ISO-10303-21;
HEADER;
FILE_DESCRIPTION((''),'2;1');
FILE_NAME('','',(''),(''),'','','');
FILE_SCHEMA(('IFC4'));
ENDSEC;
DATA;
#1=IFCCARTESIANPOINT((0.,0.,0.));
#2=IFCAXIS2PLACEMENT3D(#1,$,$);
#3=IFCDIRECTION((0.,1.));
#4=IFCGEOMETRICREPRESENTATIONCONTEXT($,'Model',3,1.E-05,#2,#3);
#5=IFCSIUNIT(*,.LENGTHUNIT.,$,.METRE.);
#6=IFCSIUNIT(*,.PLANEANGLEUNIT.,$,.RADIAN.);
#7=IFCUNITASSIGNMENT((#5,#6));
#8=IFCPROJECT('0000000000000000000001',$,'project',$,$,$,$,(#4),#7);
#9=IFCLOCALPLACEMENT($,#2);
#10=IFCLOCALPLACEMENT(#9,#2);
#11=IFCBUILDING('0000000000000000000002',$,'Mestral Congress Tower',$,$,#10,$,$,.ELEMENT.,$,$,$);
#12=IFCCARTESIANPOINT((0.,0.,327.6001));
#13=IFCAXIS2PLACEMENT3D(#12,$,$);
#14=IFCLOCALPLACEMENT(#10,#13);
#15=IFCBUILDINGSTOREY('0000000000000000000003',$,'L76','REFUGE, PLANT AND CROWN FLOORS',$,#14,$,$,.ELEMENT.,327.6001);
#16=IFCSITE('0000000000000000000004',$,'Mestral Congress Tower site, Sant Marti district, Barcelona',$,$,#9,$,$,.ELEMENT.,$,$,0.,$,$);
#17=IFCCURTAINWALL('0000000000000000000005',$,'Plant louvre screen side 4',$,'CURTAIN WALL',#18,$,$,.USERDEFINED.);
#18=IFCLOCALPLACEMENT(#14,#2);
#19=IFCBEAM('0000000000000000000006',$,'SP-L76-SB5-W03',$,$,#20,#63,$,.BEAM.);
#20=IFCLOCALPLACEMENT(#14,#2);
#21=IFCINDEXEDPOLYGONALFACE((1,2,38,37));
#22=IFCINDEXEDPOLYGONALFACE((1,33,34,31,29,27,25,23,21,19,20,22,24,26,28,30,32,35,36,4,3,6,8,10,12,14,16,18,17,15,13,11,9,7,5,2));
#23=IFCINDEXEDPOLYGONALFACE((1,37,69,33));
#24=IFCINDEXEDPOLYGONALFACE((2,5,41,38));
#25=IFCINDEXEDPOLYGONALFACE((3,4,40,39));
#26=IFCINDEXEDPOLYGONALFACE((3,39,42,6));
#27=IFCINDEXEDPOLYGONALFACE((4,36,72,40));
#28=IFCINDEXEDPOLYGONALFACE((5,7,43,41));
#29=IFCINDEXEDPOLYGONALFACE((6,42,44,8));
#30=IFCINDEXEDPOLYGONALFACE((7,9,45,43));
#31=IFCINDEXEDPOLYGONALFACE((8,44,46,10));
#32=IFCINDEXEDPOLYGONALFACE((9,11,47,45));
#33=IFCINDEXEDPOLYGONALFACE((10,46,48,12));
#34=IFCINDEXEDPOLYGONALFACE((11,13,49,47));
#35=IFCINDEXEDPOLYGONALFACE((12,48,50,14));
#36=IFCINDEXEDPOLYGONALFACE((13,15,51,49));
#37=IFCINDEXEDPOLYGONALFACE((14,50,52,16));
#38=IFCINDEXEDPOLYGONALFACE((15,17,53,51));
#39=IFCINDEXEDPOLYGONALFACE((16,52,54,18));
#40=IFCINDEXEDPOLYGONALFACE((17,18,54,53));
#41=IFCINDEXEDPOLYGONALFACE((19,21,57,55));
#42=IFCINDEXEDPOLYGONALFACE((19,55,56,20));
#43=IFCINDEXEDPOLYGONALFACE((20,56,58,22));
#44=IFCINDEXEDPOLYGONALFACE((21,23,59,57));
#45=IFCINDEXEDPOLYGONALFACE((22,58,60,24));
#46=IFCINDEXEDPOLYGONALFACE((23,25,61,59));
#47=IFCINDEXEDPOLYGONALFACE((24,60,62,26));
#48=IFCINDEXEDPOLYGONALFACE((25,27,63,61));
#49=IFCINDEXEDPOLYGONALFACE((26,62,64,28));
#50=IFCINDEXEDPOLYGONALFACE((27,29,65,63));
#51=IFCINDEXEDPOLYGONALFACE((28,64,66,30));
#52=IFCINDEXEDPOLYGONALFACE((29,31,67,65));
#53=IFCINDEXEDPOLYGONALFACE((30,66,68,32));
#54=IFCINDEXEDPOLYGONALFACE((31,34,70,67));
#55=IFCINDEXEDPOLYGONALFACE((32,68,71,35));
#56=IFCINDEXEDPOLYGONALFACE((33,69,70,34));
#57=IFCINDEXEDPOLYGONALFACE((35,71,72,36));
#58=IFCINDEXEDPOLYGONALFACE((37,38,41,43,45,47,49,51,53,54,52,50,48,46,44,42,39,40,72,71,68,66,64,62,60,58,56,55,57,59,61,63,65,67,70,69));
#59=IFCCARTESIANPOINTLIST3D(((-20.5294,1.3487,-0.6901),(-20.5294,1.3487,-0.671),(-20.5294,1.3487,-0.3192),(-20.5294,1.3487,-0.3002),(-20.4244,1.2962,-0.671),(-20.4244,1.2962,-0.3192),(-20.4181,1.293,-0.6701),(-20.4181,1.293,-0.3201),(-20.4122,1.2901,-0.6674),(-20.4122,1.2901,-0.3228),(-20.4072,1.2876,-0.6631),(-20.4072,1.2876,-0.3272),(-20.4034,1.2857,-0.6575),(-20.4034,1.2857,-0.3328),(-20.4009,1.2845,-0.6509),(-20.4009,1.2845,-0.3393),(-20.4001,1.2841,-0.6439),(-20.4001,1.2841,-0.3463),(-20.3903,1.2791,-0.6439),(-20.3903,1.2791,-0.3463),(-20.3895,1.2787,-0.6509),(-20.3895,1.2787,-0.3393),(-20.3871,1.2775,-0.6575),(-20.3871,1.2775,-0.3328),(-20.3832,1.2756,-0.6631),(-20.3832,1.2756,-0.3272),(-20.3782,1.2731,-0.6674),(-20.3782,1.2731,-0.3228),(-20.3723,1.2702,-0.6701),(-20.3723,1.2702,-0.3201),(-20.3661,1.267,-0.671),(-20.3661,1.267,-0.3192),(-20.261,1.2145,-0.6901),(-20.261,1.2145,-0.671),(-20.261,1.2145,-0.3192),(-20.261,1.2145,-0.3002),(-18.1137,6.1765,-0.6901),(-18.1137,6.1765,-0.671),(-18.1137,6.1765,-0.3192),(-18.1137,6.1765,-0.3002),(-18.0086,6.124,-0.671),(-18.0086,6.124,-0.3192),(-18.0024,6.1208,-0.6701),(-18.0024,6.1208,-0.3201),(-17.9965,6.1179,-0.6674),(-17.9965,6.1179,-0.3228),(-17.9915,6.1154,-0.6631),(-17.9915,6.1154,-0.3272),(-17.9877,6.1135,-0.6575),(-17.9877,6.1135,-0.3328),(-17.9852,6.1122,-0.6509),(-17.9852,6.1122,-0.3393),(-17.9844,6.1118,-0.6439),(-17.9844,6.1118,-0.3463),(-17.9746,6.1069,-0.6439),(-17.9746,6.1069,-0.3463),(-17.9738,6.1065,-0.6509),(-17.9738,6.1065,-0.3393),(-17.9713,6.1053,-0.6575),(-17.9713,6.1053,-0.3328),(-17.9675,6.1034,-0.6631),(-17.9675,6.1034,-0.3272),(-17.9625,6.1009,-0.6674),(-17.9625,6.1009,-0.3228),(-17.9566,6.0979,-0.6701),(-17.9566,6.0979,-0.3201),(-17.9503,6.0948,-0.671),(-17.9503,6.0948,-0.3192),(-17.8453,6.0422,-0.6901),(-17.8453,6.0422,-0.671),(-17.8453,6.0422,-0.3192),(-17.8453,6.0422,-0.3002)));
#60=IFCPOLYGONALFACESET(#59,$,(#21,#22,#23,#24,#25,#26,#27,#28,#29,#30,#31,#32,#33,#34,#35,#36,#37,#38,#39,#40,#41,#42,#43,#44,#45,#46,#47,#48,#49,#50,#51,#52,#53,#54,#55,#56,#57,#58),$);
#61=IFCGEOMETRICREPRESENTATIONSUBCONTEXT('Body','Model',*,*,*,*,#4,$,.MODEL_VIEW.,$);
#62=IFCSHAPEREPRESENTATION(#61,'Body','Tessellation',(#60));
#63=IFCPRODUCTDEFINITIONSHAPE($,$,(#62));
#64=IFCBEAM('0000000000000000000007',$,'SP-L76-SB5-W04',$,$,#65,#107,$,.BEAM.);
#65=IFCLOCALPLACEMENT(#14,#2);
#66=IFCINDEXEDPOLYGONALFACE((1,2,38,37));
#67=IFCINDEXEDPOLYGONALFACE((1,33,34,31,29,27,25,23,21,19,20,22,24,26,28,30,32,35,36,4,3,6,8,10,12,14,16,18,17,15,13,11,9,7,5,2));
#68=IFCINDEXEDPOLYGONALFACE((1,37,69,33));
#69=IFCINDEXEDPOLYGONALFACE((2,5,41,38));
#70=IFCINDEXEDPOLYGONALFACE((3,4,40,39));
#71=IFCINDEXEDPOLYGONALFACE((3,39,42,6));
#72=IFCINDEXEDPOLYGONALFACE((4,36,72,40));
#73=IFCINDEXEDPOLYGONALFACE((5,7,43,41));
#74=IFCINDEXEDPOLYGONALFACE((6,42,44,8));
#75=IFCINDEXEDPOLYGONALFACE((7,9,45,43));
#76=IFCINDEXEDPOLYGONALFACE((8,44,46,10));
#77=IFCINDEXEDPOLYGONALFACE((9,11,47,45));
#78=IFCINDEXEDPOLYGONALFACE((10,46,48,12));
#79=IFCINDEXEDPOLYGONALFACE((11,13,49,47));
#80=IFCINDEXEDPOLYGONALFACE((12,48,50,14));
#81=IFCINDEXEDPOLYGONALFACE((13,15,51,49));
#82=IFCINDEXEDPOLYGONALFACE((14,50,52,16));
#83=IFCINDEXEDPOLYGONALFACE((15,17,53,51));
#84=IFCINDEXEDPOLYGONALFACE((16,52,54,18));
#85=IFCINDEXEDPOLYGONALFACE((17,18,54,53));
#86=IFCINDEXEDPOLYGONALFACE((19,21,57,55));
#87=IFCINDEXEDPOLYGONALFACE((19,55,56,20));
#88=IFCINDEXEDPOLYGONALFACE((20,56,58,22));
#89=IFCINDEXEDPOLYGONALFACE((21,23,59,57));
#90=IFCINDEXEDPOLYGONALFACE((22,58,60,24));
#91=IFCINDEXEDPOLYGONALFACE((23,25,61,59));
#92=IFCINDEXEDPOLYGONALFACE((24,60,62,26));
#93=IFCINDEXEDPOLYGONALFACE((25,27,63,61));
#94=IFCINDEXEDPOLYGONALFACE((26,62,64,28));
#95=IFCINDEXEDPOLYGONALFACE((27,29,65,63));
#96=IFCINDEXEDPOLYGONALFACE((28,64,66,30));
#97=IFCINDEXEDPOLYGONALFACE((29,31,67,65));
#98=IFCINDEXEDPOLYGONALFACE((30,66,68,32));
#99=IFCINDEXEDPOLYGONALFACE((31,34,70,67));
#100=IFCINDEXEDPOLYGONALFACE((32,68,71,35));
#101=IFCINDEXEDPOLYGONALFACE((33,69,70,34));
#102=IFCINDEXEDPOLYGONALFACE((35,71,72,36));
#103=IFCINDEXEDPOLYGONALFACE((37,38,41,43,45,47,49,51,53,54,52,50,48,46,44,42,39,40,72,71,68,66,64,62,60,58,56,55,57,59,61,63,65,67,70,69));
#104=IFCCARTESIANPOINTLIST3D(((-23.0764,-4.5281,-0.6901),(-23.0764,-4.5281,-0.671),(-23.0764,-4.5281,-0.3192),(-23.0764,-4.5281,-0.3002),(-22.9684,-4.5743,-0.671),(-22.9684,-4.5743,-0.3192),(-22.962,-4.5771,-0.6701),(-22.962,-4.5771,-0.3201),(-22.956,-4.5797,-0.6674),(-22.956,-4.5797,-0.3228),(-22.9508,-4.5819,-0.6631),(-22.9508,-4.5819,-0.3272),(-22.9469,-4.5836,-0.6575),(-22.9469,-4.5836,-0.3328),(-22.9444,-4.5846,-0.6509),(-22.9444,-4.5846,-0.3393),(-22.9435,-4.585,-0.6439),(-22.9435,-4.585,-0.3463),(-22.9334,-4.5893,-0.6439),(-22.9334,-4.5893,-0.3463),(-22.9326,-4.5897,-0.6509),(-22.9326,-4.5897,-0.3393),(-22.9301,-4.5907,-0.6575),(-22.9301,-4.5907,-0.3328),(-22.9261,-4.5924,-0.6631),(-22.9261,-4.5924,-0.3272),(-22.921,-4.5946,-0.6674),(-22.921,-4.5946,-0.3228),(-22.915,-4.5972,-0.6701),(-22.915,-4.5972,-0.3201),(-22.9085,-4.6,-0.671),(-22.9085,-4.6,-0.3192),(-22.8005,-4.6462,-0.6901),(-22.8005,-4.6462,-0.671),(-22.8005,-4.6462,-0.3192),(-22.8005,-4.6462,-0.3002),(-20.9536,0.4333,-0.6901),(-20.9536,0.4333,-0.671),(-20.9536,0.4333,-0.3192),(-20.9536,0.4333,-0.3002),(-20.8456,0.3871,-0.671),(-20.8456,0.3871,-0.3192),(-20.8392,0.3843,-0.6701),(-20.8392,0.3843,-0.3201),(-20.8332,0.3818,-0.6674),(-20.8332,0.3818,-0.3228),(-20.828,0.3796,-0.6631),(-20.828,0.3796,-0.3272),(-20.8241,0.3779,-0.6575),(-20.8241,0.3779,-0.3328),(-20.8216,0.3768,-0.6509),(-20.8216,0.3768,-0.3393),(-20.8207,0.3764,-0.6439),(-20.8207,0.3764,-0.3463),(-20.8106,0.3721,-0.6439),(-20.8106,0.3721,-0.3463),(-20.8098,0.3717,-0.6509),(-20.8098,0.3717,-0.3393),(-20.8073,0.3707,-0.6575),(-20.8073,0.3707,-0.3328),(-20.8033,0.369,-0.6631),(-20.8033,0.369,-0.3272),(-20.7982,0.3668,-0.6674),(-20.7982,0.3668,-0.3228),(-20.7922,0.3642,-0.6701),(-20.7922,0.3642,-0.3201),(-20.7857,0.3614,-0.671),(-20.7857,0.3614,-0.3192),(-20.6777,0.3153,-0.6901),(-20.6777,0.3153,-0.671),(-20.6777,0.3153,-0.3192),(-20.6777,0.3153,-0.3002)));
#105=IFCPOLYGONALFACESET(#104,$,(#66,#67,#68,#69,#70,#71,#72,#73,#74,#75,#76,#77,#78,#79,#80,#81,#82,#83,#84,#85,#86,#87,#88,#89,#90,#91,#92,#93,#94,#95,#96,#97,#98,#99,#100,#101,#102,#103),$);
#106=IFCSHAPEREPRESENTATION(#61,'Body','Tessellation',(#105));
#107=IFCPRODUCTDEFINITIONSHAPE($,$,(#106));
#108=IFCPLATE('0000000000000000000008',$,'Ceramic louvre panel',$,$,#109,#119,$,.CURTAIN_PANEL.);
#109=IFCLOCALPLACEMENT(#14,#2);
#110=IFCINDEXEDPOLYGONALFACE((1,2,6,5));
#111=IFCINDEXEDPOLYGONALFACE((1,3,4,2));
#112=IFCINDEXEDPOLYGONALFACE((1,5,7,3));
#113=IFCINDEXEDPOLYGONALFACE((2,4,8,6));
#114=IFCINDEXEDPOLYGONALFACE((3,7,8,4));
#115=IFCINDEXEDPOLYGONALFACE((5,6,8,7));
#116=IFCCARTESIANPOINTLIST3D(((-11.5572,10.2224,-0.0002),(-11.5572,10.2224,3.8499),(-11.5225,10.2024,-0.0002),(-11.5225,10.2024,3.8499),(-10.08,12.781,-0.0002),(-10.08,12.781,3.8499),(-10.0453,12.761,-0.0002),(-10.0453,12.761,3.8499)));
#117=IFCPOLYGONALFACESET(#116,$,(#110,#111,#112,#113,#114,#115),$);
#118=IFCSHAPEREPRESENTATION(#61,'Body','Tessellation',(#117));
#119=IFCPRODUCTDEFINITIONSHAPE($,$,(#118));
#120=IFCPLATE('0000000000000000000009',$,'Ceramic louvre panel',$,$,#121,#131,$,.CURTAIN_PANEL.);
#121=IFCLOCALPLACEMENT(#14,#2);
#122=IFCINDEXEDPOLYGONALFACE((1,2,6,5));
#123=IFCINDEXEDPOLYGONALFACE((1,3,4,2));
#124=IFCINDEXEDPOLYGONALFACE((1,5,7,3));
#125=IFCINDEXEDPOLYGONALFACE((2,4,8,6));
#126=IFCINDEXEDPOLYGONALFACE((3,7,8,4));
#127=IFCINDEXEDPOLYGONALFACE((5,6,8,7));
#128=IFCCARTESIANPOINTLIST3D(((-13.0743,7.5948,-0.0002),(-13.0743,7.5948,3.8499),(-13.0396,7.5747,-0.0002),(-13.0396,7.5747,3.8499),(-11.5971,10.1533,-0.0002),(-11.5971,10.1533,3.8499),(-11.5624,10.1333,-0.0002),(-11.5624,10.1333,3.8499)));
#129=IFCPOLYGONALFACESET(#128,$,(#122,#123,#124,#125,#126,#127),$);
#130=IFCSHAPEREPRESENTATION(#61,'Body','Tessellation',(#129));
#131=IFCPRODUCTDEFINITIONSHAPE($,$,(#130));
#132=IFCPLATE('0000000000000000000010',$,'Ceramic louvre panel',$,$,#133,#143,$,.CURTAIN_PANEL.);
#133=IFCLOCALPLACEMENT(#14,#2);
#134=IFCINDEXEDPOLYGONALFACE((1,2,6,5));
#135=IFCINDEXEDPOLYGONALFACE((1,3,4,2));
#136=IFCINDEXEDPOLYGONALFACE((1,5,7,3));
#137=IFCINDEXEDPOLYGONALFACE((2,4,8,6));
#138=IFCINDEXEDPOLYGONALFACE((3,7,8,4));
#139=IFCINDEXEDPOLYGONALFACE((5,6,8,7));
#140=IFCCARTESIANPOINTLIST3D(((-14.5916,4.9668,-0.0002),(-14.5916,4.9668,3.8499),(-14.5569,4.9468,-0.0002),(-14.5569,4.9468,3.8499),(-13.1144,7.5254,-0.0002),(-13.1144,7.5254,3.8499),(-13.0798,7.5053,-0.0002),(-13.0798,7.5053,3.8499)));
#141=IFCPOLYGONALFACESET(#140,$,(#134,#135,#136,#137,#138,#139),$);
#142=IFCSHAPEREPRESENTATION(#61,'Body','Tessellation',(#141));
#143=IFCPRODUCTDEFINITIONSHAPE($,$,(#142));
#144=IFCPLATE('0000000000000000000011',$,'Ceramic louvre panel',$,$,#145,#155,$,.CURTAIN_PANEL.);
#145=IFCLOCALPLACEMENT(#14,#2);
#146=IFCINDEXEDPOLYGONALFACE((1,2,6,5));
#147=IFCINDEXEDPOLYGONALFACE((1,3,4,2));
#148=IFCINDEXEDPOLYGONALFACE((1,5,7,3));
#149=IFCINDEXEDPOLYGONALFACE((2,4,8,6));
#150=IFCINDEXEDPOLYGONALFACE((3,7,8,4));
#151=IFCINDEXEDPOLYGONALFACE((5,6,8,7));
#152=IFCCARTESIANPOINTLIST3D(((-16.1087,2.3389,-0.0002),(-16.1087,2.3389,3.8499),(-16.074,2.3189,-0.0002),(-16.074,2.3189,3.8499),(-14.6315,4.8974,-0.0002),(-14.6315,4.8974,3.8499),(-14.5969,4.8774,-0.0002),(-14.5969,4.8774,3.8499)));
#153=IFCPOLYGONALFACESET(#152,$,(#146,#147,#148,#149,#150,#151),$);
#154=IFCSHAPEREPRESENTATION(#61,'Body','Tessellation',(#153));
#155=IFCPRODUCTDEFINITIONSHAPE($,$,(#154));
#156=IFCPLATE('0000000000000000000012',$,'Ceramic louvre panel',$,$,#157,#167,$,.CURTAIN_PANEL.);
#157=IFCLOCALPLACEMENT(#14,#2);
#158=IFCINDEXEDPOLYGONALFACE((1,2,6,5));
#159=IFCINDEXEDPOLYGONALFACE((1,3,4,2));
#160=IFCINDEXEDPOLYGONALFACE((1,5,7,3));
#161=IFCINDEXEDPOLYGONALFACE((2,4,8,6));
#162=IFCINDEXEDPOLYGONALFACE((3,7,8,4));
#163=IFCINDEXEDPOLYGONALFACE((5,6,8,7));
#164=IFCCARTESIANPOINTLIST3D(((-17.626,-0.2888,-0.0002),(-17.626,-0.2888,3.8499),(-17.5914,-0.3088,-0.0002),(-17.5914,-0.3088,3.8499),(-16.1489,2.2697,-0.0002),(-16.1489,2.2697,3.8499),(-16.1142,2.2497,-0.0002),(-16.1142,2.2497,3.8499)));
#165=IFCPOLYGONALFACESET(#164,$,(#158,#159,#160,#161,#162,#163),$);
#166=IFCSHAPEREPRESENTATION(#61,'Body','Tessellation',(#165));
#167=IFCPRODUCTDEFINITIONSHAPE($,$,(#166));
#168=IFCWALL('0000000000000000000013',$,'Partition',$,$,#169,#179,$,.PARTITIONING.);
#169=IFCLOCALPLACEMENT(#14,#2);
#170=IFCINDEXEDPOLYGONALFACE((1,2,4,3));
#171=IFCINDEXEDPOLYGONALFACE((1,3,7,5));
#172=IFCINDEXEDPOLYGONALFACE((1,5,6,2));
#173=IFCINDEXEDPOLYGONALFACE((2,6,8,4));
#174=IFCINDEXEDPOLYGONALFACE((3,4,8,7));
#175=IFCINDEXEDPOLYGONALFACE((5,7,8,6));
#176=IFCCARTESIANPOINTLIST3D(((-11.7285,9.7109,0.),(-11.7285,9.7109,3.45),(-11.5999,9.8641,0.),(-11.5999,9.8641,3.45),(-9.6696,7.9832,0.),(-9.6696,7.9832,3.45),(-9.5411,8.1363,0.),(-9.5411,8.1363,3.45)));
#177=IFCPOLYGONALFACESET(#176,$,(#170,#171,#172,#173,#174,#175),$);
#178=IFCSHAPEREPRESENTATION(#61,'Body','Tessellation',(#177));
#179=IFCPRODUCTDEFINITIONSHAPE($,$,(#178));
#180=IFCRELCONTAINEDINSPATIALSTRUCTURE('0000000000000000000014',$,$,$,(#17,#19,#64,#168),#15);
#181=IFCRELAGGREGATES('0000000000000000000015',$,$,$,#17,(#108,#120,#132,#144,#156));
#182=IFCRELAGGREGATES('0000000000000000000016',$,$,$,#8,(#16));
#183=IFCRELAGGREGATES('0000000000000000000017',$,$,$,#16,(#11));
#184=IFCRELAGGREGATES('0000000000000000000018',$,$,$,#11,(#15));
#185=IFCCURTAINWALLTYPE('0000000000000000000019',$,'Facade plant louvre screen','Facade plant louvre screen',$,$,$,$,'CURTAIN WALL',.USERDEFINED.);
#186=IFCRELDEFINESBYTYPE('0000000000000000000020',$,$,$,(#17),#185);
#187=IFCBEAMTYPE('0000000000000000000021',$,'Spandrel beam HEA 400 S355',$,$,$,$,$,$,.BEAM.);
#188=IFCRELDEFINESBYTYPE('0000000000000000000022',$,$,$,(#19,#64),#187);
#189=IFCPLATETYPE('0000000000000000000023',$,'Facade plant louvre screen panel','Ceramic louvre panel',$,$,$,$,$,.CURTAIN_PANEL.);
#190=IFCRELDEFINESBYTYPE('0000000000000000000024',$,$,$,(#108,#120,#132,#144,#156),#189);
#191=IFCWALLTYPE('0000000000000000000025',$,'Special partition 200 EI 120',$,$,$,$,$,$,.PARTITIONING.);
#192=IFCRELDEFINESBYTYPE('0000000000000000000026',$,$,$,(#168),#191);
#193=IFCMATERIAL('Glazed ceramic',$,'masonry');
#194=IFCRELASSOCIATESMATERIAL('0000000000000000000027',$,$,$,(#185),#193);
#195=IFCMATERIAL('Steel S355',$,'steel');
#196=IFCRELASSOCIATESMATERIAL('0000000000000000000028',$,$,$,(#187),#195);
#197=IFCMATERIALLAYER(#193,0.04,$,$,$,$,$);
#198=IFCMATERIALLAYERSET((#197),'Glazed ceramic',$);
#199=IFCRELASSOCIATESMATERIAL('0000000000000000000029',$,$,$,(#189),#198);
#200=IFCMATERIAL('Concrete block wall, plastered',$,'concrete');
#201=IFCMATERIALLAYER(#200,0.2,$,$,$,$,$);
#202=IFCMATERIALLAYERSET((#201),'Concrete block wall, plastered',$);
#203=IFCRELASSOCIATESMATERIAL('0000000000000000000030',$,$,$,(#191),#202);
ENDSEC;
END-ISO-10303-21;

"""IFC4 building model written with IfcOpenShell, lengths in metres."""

from ifc_helpers import new_model, si_unit, direction, frame, frame_2d, origin, origin_2d, place, context, subcontext, project, spatial, rectangle, i_section, extrude, material, layer, layer_set, material_profile, profile_set, type_object, element, aggregate, save


model = new_model("IFC4")

# Units and contexts
model_context = context("Model", 3, precision=1e-05, world=origin(), true_north=direction((0.0, 1.0)))
body_context = subcontext(model_context, "Body", "Model", "MODEL_VIEW")
ifc_project = project(units=[si_unit("LENGTHUNIT", "METRE"), si_unit("PLANEANGLEUNIT", "RADIAN")], contexts=[model_context])

# Site, building, storey
site_placement = place(None, origin())
site = spatial("IfcSite", under=ifc_project, at=site_placement, Name="Mestral Congress Tower site, Sant Marti district, Barcelona", CompositionType="ELEMENT", RefElevation=0.0)
building_placement = place(site_placement, origin())
building = spatial("IfcBuilding", under=site, at=building_placement, Name="Mestral Congress Tower", CompositionType="ELEMENT")
storey_placement = place(building_placement, frame((0.0, 0.0, 327.6001)))
storey = spatial("IfcBuildingStorey", under=building, at=storey_placement, Name="L76", Description="REFUGE, PLANT AND CROWN FLOORS", CompositionType="ELEMENT", Elevation=327.6001)

# Shared definitions
ifc_material_1 = material(Name="Steel S355", Category="steel")

# Curtain wall
ifc_material_2 = material(Name="Glazed ceramic", Category="masonry")
curtain_wall_type = type_object("IfcCurtainWallType", Name="Facade plant louvre screen", Description="Facade plant louvre screen", ElementType="CURTAIN WALL", PredefinedType="USERDEFINED", material=ifc_material_2)
curtain_wall_placement = place(storey_placement, origin())
curtain_wall = element("IfcCurtainWall", 1, at=curtain_wall_placement, inside=storey, type_object=curtain_wall_type, Name="Plant louvre screen side 4", ObjectType="CURTAIN WALL", PredefinedType="USERDEFINED")

# Beams
ifc_material_profile_1 = material_profile(ifc_material_1, i_section(OverallWidth=0.3, OverallDepth=0.3899, WebThickness=0.011, FlangeThickness=0.019, FilletRadius=0.0271, at=origin_2d()), Name="HEA 400")
ifc_profile_set_1 = profile_set([ifc_material_profile_1], Name="Steel S355")
beam_type_1 = type_object("IfcBeamType", Name="Spandrel beam HEA 400 S355", PredefinedType="BEAM", material=ifc_profile_set_1)
beam_1_placement = place(storey_placement, frame((-17.9795, 6.1094, -0.4951), z_axis=(-0.447485, -0.894291, 0.0), x_axis=(0.894291, -0.447485, 0.0)))
element("IfcBeam", 2, at=beam_1_placement, inside=storey, type_object=beam_type_1, Name="SP-L76-SB5-W03", PredefinedType="BEAM", context=body_context, shape_type="SweptSolid", body=[
    extrude(i_section(OverallWidth=0.3, OverallDepth=0.3899, WebThickness=0.011, FlangeThickness=0.019, FilletRadius=0.0271, at=origin_2d()), origin(), (0.0, 0.0, 1.0), 5.3984),
])
beam_2_placement = place(storey_placement, frame((-20.8157, 0.3743, -0.4951), z_axis=(-0.393368, -0.919381, 0.0), x_axis=(0.919381, -0.393368, 0.0)))
element("IfcBeam", 3, at=beam_2_placement, inside=storey, type_object=beam_type_1, Name="SP-L76-SB5-W04", PredefinedType="BEAM", context=body_context, shape_type="SweptSolid", body=[
    extrude(i_section(OverallWidth=0.3, OverallDepth=0.3899, WebThickness=0.011, FlangeThickness=0.019, FilletRadius=0.0271, at=origin_2d()), origin(), (0.0, 0.0, 1.0), 5.3965),
])

# Plates
ifc_layer_1 = layer(ifc_material_2, 0.04)
ifc_layer_set_1 = layer_set([ifc_layer_1], Name="Glazed ceramic")
plate_type = type_object("IfcPlateType", Name="Facade plant louvre screen panel", Description="Ceramic louvre panel", PredefinedType="CURTAIN_PANEL", material=ifc_layer_set_1)
plate_1_placement = place(storey_placement, frame((-10.8013, 11.4917, -0.0002), z_axis=(0.0, 0.0, 1.0), x_axis=(-0.500002, -0.866025, 0.0)))
plate_1 = element("IfcPlate", 4, at=plate_1_placement, type_object=plate_type, Name="Ceramic louvre panel", PredefinedType="CURTAIN_PANEL", context=body_context, shape_type="SweptSolid", body=[
    extrude(rectangle(XDim=2.9543, YDim=0.04, at=origin_2d()), origin(), (0.0, 0.0, 1.0), 3.8501),
])
plate_2_placement = place(storey_placement, frame((-12.3184, 8.864, -0.0002), z_axis=(0.0, 0.0, 1.0), x_axis=(-0.500002, -0.866025, 0.0)))
plate_2 = element("IfcPlate", 5, at=plate_2_placement, type_object=plate_type, Name="Ceramic louvre panel", PredefinedType="CURTAIN_PANEL", context=body_context, shape_type="SweptSolid", body=[
    extrude(rectangle(XDim=2.9543, YDim=0.04, at=origin_2d()), origin(), (0.0, 0.0, 1.0), 3.8501),
])
plate_3_placement = place(storey_placement, frame((-13.8357, 6.2361, -0.0002), z_axis=(0.0, 0.0, 1.0), x_axis=(-0.500002, -0.866025, 0.0)))
plate_3 = element("IfcPlate", 6, at=plate_3_placement, type_object=plate_type, Name="Ceramic louvre panel", PredefinedType="CURTAIN_PANEL", context=body_context, shape_type="SweptSolid", body=[
    extrude(rectangle(XDim=2.9543, YDim=0.04, at=origin_2d()), origin(), (0.0, 0.0, 1.0), 3.8501),
])
plate_4_placement = place(storey_placement, frame((-15.3528, 3.6082, -0.0002), z_axis=(0.0, 0.0, 1.0), x_axis=(-0.500002, -0.866025, 0.0)))
plate_4 = element("IfcPlate", 7, at=plate_4_placement, type_object=plate_type, Name="Ceramic louvre panel", PredefinedType="CURTAIN_PANEL", context=body_context, shape_type="SweptSolid", body=[
    extrude(rectangle(XDim=2.9543, YDim=0.04, at=origin_2d()), origin(), (0.0, 0.0, 1.0), 3.8501),
])
plate_5_placement = place(storey_placement, frame((-16.8701, 0.9805, -0.0002), z_axis=(0.0, 0.0, 1.0), x_axis=(-0.500002, -0.866025, 0.0)))
plate_5 = element("IfcPlate", 8, at=plate_5_placement, type_object=plate_type, Name="Ceramic louvre panel", PredefinedType="CURTAIN_PANEL", context=body_context, shape_type="SweptSolid", body=[
    extrude(rectangle(XDim=2.9543, YDim=0.04, at=origin_2d()), origin(), (0.0, 0.0, 1.0), 3.8501),
])
aggregate(curtain_wall, [plate_1, plate_2, plate_3, plate_4, plate_5])

# Wall
ifc_material_3 = material(Name="Concrete block wall, plastered", Category="concrete")
ifc_layer_2 = layer(ifc_material_3, 0.2)
ifc_layer_set_2 = layer_set([ifc_layer_2], Name="Concrete block wall, plastered")
wall_type = type_object("IfcWallType", Name="Special partition 200 EI 120", PredefinedType="PARTITIONING", material=ifc_layer_set_2)
wall_placement = place(storey_placement, frame((-9.6055, 8.0598, 0.0), z_axis=(0.0, 0.0, 1.0), x_axis=(-0.766005, 0.642834, 0.0)))
element("IfcWall", 9, at=wall_placement, inside=storey, type_object=wall_type, Name="Partition", PredefinedType="PARTITIONING", context=body_context, shape_type="SweptSolid", body=[
    extrude(rectangle(XDim=2.6877, YDim=0.2, at=frame_2d((1.3438, 0.0))), origin(), (0.0, 0.0, 1.0), 3.45),
])

save(model, "model.ifc")
